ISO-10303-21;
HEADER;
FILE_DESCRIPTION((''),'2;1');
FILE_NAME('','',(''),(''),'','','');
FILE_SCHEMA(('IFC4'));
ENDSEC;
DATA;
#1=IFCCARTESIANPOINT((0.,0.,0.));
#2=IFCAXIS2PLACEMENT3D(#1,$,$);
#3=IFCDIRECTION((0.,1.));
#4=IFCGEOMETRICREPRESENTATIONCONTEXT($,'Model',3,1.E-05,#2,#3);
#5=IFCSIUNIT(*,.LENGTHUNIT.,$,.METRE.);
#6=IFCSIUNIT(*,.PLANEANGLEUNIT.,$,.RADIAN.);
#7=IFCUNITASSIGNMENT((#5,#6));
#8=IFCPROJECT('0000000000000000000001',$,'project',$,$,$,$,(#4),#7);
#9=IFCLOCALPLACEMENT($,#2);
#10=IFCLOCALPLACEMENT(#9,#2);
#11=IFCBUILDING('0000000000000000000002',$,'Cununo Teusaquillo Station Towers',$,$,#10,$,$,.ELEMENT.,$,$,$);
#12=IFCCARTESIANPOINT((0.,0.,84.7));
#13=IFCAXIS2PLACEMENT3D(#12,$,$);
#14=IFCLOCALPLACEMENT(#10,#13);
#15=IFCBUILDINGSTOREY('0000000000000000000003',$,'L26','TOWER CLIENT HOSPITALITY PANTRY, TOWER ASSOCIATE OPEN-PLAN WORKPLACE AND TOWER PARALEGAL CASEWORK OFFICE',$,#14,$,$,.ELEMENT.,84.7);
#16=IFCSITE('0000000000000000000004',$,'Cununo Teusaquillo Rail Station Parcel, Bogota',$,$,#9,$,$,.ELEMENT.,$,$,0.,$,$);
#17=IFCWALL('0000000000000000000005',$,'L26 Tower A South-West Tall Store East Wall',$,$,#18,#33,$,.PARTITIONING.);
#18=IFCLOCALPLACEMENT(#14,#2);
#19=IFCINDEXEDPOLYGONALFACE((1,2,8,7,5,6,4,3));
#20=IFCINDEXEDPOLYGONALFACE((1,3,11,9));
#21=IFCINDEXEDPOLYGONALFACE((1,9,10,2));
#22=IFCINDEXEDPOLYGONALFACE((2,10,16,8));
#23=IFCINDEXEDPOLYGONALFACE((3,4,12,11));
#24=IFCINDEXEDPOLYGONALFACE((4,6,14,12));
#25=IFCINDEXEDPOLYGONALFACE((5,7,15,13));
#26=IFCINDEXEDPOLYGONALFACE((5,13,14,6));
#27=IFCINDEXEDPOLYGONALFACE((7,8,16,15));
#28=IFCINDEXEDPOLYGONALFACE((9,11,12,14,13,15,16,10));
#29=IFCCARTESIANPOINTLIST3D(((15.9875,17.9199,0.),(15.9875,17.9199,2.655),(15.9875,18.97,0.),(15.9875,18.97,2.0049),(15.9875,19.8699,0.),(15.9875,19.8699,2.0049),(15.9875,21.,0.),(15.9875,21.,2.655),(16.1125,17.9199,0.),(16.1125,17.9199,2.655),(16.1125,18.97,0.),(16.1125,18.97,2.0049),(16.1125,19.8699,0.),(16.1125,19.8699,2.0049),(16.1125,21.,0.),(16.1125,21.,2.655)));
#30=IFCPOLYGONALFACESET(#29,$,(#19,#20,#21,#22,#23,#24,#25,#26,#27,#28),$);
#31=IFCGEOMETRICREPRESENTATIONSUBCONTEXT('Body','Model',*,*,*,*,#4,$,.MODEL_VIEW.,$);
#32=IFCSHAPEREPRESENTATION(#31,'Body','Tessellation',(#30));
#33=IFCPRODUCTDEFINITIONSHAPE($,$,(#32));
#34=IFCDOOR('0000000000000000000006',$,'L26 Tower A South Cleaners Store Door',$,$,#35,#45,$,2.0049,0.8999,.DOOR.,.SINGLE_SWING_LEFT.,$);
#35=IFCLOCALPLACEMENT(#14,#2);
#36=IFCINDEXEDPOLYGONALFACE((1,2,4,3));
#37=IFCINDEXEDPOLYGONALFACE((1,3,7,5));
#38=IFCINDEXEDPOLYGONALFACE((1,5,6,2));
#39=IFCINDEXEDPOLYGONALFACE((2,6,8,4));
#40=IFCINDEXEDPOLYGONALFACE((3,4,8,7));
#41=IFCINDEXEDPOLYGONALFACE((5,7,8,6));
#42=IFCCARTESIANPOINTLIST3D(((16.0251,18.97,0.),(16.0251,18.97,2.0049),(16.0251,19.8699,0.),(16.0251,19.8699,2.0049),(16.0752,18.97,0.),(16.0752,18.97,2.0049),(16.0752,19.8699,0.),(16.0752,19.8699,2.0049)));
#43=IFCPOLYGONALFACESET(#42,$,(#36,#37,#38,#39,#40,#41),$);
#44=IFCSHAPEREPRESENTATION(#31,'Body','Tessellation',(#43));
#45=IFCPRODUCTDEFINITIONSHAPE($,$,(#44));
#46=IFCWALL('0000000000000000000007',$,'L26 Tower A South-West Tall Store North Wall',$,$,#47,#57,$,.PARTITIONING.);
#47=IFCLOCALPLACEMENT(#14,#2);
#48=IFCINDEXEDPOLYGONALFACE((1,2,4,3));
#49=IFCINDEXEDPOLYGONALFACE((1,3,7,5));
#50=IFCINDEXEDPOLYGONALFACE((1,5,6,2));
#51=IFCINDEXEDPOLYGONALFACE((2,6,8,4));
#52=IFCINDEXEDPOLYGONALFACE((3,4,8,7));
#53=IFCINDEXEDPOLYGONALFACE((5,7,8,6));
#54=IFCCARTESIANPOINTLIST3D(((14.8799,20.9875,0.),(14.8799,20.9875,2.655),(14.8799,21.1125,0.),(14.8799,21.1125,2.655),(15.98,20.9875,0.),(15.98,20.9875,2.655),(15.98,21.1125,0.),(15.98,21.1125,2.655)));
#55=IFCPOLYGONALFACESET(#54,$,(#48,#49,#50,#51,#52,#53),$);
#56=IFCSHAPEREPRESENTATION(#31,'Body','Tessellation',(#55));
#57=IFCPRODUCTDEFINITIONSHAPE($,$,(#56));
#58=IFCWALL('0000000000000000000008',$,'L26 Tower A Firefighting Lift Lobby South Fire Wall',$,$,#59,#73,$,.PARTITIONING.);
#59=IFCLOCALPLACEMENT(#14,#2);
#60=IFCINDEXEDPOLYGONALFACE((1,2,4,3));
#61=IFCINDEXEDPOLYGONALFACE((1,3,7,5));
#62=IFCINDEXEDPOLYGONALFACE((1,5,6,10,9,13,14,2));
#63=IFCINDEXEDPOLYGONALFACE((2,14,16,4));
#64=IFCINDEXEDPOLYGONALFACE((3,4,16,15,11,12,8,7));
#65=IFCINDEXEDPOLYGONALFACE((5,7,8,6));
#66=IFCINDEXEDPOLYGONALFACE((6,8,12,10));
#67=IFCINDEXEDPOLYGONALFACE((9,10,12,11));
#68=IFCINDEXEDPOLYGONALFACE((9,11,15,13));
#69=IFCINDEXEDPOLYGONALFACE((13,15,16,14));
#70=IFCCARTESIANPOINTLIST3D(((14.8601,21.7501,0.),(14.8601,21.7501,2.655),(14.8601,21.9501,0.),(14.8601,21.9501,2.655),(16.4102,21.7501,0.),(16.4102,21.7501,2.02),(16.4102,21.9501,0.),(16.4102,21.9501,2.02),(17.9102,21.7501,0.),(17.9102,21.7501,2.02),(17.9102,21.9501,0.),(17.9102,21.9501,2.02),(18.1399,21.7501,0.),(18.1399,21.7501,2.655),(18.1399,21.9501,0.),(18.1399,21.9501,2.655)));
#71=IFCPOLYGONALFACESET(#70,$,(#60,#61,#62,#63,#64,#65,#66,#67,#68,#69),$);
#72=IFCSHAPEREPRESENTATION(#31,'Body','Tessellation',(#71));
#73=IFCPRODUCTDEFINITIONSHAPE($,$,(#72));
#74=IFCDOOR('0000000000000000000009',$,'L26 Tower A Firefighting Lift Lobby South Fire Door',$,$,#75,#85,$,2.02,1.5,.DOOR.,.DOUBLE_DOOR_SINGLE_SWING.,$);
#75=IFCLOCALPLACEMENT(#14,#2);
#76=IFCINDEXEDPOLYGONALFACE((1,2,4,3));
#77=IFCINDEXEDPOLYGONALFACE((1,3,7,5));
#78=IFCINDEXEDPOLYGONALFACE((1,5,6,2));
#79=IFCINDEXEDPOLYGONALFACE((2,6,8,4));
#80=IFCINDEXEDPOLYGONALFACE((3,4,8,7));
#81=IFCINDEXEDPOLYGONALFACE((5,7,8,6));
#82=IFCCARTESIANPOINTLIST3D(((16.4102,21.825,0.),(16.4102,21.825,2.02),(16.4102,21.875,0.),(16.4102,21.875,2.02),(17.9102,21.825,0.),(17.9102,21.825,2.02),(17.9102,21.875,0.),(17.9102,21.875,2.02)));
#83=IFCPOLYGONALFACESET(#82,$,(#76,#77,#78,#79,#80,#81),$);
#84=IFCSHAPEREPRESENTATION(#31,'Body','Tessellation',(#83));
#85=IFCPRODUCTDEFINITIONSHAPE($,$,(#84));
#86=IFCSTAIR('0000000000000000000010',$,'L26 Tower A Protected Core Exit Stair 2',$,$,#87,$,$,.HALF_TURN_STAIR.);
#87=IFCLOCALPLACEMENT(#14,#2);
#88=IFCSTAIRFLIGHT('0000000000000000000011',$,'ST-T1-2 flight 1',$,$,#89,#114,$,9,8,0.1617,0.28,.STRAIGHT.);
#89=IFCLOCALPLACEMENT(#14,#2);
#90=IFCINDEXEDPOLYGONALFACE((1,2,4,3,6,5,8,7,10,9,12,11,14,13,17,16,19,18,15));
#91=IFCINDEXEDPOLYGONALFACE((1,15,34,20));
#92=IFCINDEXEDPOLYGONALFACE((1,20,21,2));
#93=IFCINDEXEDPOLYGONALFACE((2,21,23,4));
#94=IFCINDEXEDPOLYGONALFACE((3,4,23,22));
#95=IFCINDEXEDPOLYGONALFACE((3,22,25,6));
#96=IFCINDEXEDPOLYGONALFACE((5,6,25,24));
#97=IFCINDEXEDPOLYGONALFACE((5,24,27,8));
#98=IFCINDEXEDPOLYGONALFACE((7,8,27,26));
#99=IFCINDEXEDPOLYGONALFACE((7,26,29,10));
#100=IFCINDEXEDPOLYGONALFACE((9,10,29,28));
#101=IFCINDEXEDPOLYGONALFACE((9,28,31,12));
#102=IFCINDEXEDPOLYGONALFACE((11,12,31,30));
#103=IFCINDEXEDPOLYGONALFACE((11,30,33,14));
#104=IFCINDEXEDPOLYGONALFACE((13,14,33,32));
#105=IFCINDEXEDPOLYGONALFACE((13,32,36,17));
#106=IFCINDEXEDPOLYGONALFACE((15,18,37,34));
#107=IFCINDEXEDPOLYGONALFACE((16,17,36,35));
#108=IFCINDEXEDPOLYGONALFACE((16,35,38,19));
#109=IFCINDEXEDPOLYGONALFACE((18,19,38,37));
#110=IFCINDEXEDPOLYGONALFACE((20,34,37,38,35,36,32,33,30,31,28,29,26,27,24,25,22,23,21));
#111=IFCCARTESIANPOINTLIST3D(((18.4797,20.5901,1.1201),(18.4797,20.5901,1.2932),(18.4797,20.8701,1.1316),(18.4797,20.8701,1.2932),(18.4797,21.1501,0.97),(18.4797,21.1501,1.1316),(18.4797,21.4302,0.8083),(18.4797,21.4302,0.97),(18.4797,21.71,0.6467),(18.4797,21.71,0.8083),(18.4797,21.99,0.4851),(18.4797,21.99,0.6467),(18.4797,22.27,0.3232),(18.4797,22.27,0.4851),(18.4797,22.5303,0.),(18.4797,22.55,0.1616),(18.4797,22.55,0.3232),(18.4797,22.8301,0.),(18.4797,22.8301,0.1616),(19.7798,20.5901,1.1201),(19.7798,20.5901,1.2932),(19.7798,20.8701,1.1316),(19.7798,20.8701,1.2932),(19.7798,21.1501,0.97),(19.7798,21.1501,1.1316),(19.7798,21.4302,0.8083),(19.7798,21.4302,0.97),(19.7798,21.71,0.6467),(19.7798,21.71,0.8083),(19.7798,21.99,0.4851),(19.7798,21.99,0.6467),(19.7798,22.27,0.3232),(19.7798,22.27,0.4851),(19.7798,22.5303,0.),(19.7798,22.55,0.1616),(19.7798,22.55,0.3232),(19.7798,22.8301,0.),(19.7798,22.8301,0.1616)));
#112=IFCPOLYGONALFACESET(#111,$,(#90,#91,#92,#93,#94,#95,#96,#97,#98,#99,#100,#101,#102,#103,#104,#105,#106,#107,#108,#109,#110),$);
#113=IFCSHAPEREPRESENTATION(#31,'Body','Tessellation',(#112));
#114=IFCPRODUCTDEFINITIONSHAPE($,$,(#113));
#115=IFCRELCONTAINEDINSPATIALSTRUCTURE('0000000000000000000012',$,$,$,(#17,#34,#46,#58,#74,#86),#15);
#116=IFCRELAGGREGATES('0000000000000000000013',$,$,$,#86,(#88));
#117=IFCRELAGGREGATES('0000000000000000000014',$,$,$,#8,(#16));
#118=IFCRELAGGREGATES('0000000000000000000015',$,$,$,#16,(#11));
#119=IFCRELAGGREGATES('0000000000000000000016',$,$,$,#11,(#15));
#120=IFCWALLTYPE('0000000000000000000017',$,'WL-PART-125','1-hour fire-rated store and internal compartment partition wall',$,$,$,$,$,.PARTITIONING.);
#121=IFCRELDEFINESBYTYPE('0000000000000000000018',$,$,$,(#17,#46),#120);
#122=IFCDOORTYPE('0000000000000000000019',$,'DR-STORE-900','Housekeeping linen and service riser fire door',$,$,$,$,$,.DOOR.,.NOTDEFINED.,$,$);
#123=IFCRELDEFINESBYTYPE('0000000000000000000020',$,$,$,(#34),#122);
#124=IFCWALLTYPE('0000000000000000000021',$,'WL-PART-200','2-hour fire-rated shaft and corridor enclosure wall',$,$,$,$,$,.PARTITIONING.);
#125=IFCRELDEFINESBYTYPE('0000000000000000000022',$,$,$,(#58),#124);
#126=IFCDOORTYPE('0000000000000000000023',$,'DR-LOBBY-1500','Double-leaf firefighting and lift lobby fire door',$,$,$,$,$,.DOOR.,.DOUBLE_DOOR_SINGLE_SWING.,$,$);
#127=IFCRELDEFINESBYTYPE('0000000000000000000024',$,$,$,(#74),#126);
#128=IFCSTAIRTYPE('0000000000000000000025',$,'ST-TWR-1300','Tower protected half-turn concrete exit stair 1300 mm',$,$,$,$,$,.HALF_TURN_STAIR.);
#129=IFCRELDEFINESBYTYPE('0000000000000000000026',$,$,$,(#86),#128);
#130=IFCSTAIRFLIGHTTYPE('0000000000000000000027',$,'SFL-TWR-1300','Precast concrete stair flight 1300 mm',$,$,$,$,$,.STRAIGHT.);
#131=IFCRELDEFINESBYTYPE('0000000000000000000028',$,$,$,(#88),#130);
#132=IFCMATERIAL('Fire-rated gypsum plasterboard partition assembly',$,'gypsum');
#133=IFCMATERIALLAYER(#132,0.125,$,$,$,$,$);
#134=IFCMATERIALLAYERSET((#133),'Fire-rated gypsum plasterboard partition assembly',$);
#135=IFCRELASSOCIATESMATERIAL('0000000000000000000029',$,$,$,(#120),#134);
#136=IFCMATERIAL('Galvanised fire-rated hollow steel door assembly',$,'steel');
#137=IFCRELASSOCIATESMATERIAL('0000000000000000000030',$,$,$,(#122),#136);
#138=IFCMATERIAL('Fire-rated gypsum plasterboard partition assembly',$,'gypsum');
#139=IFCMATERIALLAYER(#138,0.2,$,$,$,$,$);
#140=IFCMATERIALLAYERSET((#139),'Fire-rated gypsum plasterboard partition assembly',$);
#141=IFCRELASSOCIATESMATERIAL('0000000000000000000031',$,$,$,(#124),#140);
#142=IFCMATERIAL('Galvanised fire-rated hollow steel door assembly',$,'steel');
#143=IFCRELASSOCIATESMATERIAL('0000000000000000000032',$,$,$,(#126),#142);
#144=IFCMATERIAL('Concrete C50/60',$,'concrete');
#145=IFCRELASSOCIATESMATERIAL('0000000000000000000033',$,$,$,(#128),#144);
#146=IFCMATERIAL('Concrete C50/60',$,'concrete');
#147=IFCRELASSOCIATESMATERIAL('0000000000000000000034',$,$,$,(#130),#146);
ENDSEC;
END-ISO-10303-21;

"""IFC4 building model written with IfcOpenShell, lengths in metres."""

from ifc_helpers import new_model, si_unit, direction, frame, frame_2d, origin, place, context, subcontext, project, spatial, polyline, rectangle, outline, extrude, source, transform, mapped, material, layer, layer_set, type_object, element, fill, aggregate, save


model = new_model("IFC4")

# Units and contexts
model_context = context("Model", 3, precision=1e-05, world=origin(), true_north=direction((0.0, 1.0)))
body_context = subcontext(model_context, "Body", "Model", "MODEL_VIEW")
ifc_project = project(units=[si_unit("LENGTHUNIT", "METRE"), si_unit("PLANEANGLEUNIT", "RADIAN")], contexts=[model_context])

# Site, building, storey
site_placement = place(None, origin())
site = spatial("IfcSite", under=ifc_project, at=site_placement, Name="Cununo Teusaquillo Rail Station Parcel, Bogota", CompositionType="ELEMENT", RefElevation=0.0)
building_placement = place(site_placement, origin())
building = spatial("IfcBuilding", under=site, at=building_placement, Name="Cununo Teusaquillo Station Towers", CompositionType="ELEMENT")
storey_placement = place(building_placement, frame((0.0, 0.0, 84.7)))
storey = spatial("IfcBuildingStorey", under=building, at=storey_placement, Name="L26", Description="TOWER CLIENT HOSPITALITY PANTRY, TOWER ASSOCIATE OPEN-PLAN WORKPLACE AND TOWER PARALEGAL CASEWORK OFFICE", CompositionType="ELEMENT", Elevation=84.7)

# Wall, opening, door
ifc_material_1 = material(Name="Fire-rated gypsum plasterboard partition assembly", Category="gypsum")
ifc_layer_1 = layer(ifc_material_1, 0.125)
ifc_layer_set_1 = layer_set([ifc_layer_1], Name="Fire-rated gypsum plasterboard partition assembly")
wall_type_1 = type_object("IfcWallType", Name="WL-PART-125", Description="1-hour fire-rated store and internal compartment partition wall", PredefinedType="PARTITIONING", material=ifc_layer_set_1)
wall_1_placement = place(storey_placement, frame((16.05, 17.9199, 0.0), z_axis=(0.0, 0.0, 1.0), x_axis=(0.0, 1.0, 0.0)))
wall_1 = element("IfcWall", 1, at=wall_1_placement, inside=storey, type_object=wall_type_1, Name="L26 Tower A South-West Tall Store East Wall", PredefinedType="PARTITIONING", context=body_context, shape_type="SweptSolid", body=[
    extrude(rectangle(XDim=3.0801, YDim=0.125, at=frame_2d((1.54, 0.0))), origin(), (0.0, 0.0, 1.0), 2.655),
])
shared_shape_1 = source(origin(), body_context, "Body", "SweptSolid", [
    extrude(rectangle(XDim=0.8999, YDim=2.0049, at=frame_2d((0.45, 1.0024))), frame((0.0, 0.0725, 0.0), z_axis=(0.0, -1.0, 0.0), x_axis=(1.0, 0.0, 0.0)), (0.0, 0.0, 1.0), 0.145),
])
opening_1_placement = place(wall_1_placement, frame((1.05, 0.0, 0.0)))
opening_1 = element("IfcOpeningElement", 2, at=opening_1_placement, cuts=wall_1, PredefinedType="OPENING", context=body_context, shape_type="MappedRepresentation", body=[
    mapped(shared_shape_1, transform((0.0, 0.0, 0.0), x_axis=(1.0, 0.0, 0.0), y_axis=(0.0, 1.0, 0.0), z_axis=(0.0, 0.0, 1.0), scale=1.0)),
])
ifc_material_2 = material(Name="Galvanised fire-rated hollow steel door assembly", Category="steel")
door_type_1 = type_object("IfcDoorType", Name="DR-STORE-900", Description="Housekeeping linen and service riser fire door", OperationType="NOTDEFINED", PredefinedType="DOOR", material=ifc_material_2)
shared_shape_2 = source(origin(), body_context, "Body", "SweptSolid", [
    extrude(rectangle(XDim=0.8999, YDim=2.0049, at=frame_2d((0.45, 1.0024))), frame((0.0, 0.0249, 0.0), z_axis=(0.0, -1.0, 0.0), x_axis=(1.0, 0.0, 0.0)), (0.0, 0.0, 1.0), 0.05),
])
door_1_placement = place(opening_1_placement, origin())
door_1 = element("IfcDoor", 3, at=door_1_placement, inside=storey, type_object=door_type_1, Name="L26 Tower A South Cleaners Store Door", OperationType="SINGLE_SWING_LEFT", OverallHeight=2.0049, OverallWidth=0.8999, PredefinedType="DOOR", context=body_context, shape_type="MappedRepresentation", body=[
    mapped(shared_shape_2, transform((0.0, 0.0, 0.0), x_axis=(1.0, 0.0, 0.0), y_axis=(0.0, 1.0, 0.0), z_axis=(0.0, 0.0, 1.0), scale=1.0)),
])
fill(opening_1, door_1)

# Wall
wall_2_placement = place(storey_placement, frame((14.8799, 21.05, 0.0), z_axis=(0.0, 0.0, 1.0), x_axis=(1.0, 0.0, 0.0)))
element("IfcWall", 4, at=wall_2_placement, inside=storey, type_object=wall_type_1, Name="L26 Tower A South-West Tall Store North Wall", PredefinedType="PARTITIONING", context=body_context, shape_type="SweptSolid", body=[
    extrude(rectangle(XDim=1.1001, YDim=0.125, at=frame_2d((0.55, 0.0))), origin(), (0.0, 0.0, 1.0), 2.655),
])

# Wall, opening, door
ifc_material_3 = material(Name="Fire-rated gypsum plasterboard partition assembly", Category="gypsum")
ifc_layer_2 = layer(ifc_material_3, 0.2)
ifc_layer_set_2 = layer_set([ifc_layer_2], Name="Fire-rated gypsum plasterboard partition assembly")
wall_type_2 = type_object("IfcWallType", Name="WL-PART-200", Description="2-hour fire-rated shaft and corridor enclosure wall", PredefinedType="PARTITIONING", material=ifc_layer_set_2)
wall_3_placement = place(storey_placement, frame((14.8601, 21.8501, 0.0), z_axis=(0.0, 0.0, 1.0), x_axis=(1.0, 0.0, 0.0)))
wall_3 = element("IfcWall", 5, at=wall_3_placement, inside=storey, type_object=wall_type_2, Name="L26 Tower A Firefighting Lift Lobby South Fire Wall", PredefinedType="PARTITIONING", context=body_context, shape_type="SweptSolid", body=[
    extrude(rectangle(XDim=3.2798, YDim=0.2, at=frame_2d((1.6399, 0.0))), origin(), (0.0, 0.0, 1.0), 2.655),
])
shared_shape_3 = source(origin(), body_context, "Body", "SweptSolid", [
    extrude(rectangle(XDim=1.5, YDim=2.02, at=frame_2d((0.75, 1.01))), frame((0.0, 0.1099, 0.0), z_axis=(0.0, -1.0, 0.0), x_axis=(1.0, 0.0, 0.0)), (0.0, 0.0, 1.0), 0.22),
])
opening_2_placement = place(wall_3_placement, frame((1.55, 0.0, 0.0)))
opening_2 = element("IfcOpeningElement", 6, at=opening_2_placement, cuts=wall_3, PredefinedType="OPENING", context=body_context, shape_type="MappedRepresentation", body=[
    mapped(shared_shape_3, transform((0.0, 0.0, 0.0), x_axis=(1.0, 0.0, 0.0), y_axis=(0.0, 1.0, 0.0), z_axis=(0.0, 0.0, 1.0), scale=1.0)),
])
ifc_material_4 = material(Name="Galvanised fire-rated hollow steel door assembly", Category="steel")
door_type_2 = type_object("IfcDoorType", Name="DR-LOBBY-1500", Description="Double-leaf firefighting and lift lobby fire door", OperationType="DOUBLE_DOOR_SINGLE_SWING", PredefinedType="DOOR", material=ifc_material_4)
shared_shape_4 = source(origin(), body_context, "Body", "SweptSolid", [
    extrude(rectangle(XDim=1.5, YDim=2.02, at=frame_2d((0.75, 1.01))), frame((0.0, 0.0249, 0.0), z_axis=(0.0, -1.0, 0.0), x_axis=(1.0, 0.0, 0.0)), (0.0, 0.0, 1.0), 0.05),
])
door_2_placement = place(opening_2_placement, origin())
door_2 = element("IfcDoor", 7, at=door_2_placement, inside=storey, type_object=door_type_2, Name="L26 Tower A Firefighting Lift Lobby South Fire Door", OperationType="DOUBLE_DOOR_SINGLE_SWING", OverallHeight=2.02, OverallWidth=1.5, PredefinedType="DOOR", context=body_context, shape_type="MappedRepresentation", body=[
    mapped(shared_shape_4, transform((0.0, 0.0, 0.0), x_axis=(1.0, 0.0, 0.0), y_axis=(0.0, 1.0, 0.0), z_axis=(0.0, 0.0, 1.0), scale=1.0)),
])
fill(opening_2, door_2)

# Stair, stair flight
ifc_material_5 = material(Name="Concrete C50/60", Category="concrete")
stair_type = type_object("IfcStairType", Name="ST-TWR-1300", Description="Tower protected half-turn concrete exit stair 1300 mm", PredefinedType="HALF_TURN_STAIR", material=ifc_material_5)
stair_placement = place(storey_placement, origin())
stair = element("IfcStair", 8, at=stair_placement, inside=storey, type_object=stair_type, Name="L26 Tower A Protected Core Exit Stair 2", PredefinedType="HALF_TURN_STAIR")
ifc_material_6 = material(Name="Concrete C50/60", Category="concrete")
stair_flight_type = type_object("IfcStairFlightType", Name="SFL-TWR-1300", Description="Precast concrete stair flight 1300 mm", PredefinedType="STRAIGHT", material=ifc_material_6)
stair_flight_placement = place(storey_placement, frame((19.1299, 22.8301, 0.0), z_axis=(0.0, 0.0, 1.0), x_axis=(0.0, -1.0, 0.0)))
stair_flight = element("IfcStairFlight", 9, at=stair_flight_placement, type_object=stair_flight_type, Name="ST-T1-2 flight 1", NumberOfRisers=9, NumberOfTreads=8, PredefinedType="STRAIGHT", RiserHeight=0.1617, TreadLength=0.28, context=body_context, shape_type="SweptSolid", body=[
    extrude(outline(polyline([(0.0, 0.0), (0.0, 0.1616), (0.28, 0.1616), (0.28, 0.3232), (0.5601, 0.3232), (0.5601, 0.4851), (0.8401, 0.4851), (0.8401, 0.6467), (1.1201, 0.6467), (1.1201, 0.8083), (1.3999, 0.8083), (1.3999, 0.97), (1.6799, 0.97), (1.6799, 1.1316), (1.96, 1.1316), (1.96, 1.2932), (2.24, 1.2932), (2.24, 1.4551), (2.24, 1.1201), (0.2998, 0.0), (0.0, 0.0)])), frame((0.0, 0.6499, 0.0), z_axis=(0.0, -1.0, 0.0), x_axis=(1.0, 0.0, 0.0)), (0.0, 0.0, 1.0), 1.3),
])
aggregate(stair, [stair_flight])

save(model, "model.ifc")
